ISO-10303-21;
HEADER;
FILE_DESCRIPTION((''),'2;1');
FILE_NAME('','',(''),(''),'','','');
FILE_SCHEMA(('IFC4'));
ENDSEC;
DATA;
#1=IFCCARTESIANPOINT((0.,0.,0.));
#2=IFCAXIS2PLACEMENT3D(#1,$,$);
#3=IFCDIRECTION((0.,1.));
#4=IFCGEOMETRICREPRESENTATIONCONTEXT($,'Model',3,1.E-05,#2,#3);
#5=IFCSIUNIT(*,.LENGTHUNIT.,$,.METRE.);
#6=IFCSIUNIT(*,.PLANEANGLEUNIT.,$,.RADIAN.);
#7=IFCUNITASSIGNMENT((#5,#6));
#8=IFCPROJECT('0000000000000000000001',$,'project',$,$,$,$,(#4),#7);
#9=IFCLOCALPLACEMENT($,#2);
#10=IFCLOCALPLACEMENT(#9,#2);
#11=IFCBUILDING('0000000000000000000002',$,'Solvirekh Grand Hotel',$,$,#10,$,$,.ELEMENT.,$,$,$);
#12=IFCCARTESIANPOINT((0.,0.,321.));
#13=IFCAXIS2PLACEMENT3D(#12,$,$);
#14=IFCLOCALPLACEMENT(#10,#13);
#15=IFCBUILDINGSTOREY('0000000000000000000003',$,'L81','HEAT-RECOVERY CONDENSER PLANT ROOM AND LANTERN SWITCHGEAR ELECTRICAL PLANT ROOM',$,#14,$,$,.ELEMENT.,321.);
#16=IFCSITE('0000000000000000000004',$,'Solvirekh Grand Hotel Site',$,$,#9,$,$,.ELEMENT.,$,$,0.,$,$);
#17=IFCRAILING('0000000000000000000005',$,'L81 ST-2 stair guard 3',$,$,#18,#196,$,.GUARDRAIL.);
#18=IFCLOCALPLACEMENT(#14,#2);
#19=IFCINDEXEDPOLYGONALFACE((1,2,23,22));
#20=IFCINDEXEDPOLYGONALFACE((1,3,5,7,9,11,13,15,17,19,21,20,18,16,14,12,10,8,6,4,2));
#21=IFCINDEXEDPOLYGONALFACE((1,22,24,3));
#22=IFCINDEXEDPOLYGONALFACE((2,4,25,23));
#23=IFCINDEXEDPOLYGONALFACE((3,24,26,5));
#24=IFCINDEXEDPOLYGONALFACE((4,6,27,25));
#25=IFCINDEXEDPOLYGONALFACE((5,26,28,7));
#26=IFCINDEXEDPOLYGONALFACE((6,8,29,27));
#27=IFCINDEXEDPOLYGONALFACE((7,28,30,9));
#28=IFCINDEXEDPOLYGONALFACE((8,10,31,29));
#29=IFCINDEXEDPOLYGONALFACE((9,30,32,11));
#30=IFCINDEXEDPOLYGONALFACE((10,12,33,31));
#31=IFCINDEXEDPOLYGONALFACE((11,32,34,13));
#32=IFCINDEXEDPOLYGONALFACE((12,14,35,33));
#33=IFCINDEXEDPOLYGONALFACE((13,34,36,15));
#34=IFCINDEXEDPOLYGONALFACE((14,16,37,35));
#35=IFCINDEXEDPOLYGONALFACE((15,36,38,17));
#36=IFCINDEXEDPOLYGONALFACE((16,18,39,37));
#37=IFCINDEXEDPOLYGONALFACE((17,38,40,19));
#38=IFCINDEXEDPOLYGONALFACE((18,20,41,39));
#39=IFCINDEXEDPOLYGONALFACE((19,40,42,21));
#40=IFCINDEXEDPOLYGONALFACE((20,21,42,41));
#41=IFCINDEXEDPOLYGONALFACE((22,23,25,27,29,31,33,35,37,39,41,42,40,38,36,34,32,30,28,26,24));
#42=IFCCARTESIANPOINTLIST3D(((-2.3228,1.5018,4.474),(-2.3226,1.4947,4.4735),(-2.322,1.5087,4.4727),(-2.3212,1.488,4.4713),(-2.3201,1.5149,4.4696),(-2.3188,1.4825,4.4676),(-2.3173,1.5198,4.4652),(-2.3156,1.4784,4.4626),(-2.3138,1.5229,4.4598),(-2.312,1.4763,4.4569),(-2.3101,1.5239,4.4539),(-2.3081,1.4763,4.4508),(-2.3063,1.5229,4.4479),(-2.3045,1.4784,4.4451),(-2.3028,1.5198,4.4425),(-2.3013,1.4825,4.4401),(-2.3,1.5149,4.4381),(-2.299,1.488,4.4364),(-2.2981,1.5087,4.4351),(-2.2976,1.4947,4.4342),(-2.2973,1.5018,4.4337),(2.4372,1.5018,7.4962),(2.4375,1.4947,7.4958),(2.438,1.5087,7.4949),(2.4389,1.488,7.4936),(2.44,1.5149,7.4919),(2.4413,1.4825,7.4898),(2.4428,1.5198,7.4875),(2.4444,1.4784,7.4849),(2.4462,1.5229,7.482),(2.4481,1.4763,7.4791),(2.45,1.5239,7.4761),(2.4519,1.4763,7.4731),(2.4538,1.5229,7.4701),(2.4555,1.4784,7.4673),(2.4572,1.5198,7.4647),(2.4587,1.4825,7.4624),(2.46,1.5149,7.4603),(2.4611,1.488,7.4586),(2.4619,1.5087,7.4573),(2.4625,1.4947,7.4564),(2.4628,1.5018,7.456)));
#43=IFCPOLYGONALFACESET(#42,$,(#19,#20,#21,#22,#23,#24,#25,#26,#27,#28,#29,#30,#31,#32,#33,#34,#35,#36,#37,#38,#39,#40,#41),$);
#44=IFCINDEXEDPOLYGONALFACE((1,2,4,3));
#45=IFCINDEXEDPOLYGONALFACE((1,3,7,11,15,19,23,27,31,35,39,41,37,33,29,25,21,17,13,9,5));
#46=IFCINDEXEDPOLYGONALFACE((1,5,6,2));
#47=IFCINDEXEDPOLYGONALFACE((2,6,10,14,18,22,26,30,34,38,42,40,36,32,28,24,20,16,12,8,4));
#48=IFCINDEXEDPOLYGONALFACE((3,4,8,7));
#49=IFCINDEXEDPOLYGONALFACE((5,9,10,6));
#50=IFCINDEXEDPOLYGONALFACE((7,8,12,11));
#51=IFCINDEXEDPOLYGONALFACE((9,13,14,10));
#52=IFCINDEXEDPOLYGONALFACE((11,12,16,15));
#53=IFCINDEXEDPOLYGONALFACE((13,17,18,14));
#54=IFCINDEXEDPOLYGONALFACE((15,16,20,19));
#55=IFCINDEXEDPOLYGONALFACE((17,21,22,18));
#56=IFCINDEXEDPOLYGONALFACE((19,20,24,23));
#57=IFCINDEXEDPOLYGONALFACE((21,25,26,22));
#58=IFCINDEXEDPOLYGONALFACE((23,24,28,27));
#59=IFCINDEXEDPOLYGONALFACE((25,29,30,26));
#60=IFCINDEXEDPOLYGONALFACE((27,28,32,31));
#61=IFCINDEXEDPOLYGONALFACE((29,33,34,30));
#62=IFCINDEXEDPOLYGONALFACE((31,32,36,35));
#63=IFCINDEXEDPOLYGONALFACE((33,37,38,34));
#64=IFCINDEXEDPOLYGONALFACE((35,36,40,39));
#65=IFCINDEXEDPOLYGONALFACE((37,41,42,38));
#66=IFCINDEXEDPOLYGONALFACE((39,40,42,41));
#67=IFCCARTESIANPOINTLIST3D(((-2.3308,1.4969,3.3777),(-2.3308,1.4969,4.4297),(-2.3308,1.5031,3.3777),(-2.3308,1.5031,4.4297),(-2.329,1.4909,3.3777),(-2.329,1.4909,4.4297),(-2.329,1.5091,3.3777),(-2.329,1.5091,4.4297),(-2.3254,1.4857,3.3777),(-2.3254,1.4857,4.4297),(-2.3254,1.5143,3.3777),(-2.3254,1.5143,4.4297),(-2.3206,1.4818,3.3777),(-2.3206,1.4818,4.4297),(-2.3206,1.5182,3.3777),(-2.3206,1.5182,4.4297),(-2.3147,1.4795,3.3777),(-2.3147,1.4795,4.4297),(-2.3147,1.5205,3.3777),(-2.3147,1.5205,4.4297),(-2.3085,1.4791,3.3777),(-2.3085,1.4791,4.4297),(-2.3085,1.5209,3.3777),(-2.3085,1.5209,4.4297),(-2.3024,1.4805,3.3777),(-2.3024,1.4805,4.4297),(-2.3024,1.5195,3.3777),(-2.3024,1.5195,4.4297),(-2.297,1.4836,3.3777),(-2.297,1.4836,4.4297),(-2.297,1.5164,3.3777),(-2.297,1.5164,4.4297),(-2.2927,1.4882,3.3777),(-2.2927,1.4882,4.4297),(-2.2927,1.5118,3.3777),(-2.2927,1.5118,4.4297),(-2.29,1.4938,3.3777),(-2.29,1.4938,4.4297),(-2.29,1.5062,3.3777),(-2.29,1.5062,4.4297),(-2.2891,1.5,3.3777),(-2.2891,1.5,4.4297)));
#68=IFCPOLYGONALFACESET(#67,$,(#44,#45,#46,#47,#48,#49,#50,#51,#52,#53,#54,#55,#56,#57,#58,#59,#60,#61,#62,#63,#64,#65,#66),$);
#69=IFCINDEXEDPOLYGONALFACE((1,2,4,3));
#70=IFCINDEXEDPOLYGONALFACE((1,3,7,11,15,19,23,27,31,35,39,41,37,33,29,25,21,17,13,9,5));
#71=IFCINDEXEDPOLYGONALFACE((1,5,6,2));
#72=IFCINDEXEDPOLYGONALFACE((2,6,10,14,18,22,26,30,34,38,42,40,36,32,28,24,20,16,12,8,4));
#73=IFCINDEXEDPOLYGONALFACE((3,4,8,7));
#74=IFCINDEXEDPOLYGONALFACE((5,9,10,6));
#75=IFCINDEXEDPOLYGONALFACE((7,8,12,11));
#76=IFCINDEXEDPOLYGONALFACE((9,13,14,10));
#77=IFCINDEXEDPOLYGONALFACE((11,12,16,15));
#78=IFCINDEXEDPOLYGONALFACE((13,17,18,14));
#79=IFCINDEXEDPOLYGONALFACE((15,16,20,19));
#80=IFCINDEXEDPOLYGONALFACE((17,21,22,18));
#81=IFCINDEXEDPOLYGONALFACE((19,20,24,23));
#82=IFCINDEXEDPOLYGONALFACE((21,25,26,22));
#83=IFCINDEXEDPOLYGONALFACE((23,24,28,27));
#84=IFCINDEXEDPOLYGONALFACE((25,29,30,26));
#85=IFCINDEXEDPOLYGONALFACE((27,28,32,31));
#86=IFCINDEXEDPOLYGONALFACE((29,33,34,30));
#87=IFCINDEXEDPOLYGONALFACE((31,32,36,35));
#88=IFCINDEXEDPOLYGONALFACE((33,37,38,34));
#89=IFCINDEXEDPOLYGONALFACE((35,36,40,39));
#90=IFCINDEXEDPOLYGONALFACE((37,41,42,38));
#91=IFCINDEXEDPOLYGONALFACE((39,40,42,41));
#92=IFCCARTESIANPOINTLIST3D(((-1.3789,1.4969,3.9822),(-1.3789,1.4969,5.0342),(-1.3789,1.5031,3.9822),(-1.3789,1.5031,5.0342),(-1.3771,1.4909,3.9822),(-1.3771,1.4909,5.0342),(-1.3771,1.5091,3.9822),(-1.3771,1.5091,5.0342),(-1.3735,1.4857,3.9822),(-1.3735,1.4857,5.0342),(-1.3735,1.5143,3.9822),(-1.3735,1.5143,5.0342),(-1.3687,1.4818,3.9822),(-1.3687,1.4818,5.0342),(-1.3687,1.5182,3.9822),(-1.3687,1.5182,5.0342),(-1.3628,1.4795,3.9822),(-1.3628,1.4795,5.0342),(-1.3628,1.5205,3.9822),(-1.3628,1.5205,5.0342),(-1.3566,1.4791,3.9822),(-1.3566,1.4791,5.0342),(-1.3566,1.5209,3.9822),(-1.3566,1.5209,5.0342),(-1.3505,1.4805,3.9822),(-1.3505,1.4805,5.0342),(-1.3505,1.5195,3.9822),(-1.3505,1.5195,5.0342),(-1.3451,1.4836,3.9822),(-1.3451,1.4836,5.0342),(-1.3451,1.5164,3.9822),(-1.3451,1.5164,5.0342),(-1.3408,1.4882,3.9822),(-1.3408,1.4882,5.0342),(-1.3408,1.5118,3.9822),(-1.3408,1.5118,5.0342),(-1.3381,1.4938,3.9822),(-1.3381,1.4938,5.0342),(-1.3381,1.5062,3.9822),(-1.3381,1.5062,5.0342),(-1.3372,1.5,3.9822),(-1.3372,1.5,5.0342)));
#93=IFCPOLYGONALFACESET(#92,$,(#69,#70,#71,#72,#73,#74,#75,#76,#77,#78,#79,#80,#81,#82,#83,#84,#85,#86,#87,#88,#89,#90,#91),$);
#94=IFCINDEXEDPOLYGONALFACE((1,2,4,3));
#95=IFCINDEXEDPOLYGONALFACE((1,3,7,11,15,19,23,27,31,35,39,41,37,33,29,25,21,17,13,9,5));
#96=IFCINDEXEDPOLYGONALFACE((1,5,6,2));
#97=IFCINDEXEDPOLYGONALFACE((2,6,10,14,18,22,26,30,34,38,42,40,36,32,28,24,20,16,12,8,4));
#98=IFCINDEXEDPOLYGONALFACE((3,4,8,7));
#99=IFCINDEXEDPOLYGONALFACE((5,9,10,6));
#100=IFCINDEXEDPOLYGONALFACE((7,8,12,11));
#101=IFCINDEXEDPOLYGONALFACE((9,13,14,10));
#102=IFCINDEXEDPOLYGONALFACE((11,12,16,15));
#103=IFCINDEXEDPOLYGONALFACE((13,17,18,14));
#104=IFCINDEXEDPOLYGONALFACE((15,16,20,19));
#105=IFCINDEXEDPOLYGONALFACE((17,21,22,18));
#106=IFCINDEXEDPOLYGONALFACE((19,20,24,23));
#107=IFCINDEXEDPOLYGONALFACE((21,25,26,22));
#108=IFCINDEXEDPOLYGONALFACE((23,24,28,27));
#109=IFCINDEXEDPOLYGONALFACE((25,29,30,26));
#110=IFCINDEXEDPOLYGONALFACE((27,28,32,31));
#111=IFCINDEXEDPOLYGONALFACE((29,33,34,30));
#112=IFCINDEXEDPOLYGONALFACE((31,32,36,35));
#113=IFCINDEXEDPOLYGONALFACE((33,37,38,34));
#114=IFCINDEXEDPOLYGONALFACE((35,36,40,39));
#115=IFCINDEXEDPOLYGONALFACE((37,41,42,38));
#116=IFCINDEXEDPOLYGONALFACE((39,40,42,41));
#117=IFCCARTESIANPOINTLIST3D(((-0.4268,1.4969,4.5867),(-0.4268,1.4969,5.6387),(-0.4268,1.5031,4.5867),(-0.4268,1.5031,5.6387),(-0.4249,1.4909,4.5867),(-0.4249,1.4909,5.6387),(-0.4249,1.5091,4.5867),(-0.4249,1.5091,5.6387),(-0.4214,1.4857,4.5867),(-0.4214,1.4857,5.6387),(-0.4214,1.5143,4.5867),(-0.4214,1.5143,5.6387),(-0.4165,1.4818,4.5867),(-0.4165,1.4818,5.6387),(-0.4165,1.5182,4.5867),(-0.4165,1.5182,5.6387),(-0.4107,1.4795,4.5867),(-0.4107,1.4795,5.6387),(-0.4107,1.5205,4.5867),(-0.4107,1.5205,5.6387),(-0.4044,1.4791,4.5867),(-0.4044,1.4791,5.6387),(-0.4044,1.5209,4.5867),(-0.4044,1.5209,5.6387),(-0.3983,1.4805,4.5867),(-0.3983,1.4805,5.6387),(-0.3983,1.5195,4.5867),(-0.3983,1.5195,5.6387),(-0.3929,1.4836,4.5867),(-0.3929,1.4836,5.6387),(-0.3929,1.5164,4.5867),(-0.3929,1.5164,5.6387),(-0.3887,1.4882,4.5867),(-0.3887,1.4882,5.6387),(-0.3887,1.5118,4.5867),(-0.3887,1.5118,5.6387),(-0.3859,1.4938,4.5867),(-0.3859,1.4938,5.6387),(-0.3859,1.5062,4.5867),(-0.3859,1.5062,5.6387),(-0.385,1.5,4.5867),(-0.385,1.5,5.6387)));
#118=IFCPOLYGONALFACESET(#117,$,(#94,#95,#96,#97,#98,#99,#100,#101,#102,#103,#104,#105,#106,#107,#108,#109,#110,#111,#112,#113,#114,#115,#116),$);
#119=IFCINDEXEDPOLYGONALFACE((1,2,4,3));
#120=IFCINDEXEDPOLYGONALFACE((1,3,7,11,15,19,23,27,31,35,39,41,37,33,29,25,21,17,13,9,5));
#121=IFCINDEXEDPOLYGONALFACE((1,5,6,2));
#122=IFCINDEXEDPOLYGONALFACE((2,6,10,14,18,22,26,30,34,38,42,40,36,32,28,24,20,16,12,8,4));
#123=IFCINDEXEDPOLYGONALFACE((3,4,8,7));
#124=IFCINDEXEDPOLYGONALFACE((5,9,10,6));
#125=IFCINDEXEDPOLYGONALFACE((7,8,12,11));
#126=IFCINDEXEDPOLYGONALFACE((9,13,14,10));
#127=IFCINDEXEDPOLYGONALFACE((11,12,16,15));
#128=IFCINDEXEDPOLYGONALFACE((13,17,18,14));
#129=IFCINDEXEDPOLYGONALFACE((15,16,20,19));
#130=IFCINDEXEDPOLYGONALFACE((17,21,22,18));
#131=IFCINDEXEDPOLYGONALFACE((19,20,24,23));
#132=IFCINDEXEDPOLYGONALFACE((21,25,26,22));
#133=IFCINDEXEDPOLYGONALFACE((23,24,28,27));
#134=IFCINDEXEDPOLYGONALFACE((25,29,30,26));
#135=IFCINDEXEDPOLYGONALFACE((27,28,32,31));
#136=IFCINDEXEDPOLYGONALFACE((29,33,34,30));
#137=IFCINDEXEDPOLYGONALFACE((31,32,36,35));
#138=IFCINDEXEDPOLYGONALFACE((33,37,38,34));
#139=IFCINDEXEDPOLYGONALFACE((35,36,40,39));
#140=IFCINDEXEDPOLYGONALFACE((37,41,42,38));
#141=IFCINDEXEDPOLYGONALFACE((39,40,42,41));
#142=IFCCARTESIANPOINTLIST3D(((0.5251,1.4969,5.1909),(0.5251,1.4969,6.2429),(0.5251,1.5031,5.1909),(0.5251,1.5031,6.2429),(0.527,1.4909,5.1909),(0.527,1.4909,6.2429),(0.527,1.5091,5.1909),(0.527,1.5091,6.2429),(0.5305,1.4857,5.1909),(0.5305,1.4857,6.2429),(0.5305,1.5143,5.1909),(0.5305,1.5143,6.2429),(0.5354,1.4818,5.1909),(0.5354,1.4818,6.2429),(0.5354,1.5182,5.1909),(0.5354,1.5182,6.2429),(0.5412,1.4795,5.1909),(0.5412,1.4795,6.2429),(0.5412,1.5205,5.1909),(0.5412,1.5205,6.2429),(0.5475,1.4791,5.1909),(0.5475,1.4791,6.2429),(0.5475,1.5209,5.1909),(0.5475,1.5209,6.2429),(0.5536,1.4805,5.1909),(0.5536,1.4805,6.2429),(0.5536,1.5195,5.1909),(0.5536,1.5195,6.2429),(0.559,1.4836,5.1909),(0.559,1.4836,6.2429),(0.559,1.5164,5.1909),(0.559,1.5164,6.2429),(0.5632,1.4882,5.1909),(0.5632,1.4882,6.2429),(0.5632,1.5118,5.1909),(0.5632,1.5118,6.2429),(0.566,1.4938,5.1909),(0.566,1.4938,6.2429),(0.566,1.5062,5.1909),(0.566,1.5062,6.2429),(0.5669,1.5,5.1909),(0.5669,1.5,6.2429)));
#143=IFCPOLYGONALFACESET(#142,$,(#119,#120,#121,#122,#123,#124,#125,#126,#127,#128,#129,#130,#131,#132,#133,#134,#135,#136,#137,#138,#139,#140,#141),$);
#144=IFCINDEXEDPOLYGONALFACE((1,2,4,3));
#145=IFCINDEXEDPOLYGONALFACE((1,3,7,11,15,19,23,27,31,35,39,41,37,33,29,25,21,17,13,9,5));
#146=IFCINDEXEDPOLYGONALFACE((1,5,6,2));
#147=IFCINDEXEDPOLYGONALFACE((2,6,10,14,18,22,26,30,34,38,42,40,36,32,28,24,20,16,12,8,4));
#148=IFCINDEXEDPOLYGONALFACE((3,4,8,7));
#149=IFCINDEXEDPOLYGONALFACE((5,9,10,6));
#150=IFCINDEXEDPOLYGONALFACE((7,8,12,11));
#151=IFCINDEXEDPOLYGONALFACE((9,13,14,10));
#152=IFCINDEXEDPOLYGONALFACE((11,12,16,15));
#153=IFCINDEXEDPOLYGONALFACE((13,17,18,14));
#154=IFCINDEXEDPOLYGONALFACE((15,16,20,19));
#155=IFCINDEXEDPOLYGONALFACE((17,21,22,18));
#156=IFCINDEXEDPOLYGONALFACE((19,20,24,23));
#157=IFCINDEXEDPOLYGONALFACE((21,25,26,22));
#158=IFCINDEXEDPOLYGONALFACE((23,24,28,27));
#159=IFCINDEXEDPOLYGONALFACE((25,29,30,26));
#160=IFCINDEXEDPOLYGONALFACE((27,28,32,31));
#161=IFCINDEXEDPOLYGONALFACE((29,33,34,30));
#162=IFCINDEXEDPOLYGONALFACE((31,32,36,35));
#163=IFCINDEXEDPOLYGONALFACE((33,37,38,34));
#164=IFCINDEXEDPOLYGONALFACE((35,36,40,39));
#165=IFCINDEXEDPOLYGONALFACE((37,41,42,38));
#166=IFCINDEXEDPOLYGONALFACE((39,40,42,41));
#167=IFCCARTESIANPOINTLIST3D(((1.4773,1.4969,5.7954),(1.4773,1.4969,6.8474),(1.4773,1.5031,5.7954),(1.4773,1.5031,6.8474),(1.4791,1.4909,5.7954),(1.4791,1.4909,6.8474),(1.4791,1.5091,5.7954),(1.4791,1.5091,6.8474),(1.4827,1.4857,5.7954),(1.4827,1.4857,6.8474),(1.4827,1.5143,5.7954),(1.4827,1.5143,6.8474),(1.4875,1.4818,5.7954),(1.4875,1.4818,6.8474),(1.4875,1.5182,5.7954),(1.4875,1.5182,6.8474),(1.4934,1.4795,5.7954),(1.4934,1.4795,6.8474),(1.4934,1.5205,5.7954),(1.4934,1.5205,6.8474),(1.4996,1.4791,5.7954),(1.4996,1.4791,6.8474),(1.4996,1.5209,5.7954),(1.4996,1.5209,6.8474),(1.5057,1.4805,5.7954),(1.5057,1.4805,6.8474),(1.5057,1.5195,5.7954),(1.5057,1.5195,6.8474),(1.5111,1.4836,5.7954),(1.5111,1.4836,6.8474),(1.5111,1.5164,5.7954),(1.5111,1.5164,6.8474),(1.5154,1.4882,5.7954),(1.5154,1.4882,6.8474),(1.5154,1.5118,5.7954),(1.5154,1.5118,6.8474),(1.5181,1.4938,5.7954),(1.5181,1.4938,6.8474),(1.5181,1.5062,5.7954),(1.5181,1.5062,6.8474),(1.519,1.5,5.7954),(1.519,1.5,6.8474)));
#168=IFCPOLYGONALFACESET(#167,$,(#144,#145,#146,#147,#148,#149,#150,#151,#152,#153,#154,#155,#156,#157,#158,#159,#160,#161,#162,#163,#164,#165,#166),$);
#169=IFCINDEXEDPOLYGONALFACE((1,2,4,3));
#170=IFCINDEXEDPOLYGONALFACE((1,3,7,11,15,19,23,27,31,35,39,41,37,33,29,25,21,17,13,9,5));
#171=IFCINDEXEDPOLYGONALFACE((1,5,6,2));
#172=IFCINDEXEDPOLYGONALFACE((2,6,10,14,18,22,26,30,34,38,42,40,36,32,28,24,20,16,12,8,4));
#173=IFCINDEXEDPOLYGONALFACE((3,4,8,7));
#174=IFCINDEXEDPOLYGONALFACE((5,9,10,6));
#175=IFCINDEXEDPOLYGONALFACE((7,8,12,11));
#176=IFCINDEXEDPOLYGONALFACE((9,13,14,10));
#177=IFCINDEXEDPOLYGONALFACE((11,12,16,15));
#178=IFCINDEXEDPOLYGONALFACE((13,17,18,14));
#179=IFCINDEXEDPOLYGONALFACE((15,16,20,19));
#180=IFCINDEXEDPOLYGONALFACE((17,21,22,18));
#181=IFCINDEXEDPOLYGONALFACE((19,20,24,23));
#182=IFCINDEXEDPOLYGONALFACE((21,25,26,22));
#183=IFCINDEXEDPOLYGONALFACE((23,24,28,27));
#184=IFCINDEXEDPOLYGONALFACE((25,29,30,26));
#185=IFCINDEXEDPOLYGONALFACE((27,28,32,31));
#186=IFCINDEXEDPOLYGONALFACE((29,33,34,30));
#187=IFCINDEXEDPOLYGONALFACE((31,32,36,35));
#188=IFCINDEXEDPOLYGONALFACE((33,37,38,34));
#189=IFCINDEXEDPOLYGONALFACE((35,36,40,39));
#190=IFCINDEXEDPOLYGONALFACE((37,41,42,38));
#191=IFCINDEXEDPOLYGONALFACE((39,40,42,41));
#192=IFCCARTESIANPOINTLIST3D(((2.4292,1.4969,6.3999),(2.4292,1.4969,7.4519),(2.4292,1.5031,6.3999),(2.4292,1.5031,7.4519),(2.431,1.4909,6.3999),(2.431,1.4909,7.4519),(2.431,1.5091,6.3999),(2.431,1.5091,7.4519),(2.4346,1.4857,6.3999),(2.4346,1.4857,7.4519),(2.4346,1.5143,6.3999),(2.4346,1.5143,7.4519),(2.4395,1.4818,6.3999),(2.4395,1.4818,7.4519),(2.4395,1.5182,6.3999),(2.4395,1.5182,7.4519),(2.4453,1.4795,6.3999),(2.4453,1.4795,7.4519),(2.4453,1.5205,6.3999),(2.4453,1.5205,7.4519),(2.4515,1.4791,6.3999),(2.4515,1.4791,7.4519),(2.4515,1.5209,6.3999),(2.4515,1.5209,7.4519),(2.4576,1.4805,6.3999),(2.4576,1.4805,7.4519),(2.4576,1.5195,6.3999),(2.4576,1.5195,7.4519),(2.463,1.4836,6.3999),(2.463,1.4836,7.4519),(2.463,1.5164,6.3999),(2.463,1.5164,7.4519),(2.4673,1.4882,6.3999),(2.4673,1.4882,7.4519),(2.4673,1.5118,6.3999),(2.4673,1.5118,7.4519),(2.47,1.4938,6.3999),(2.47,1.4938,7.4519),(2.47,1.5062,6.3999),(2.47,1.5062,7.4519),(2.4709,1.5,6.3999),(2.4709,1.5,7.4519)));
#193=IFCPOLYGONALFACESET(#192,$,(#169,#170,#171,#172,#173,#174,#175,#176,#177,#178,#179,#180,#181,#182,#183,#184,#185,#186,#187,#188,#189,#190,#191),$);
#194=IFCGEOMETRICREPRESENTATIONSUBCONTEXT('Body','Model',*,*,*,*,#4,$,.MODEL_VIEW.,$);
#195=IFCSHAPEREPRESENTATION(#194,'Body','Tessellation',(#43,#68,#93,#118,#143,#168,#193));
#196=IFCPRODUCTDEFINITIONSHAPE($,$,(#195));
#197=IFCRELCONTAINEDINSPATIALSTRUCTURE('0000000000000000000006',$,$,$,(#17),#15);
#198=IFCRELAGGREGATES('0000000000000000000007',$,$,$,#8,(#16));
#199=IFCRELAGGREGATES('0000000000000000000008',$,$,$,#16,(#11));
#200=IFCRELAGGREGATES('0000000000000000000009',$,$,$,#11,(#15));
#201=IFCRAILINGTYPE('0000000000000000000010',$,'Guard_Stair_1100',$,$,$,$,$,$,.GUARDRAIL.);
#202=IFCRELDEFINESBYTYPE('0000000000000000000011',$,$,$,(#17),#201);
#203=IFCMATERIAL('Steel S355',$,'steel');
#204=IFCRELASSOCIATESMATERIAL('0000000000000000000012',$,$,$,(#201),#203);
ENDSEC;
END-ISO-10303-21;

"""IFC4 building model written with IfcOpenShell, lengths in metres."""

from ifc_helpers import new_model, si_unit, direction, frame, origin, origin_2d, place, context, subcontext, project, spatial, circle, extrude, material, type_object, element, save


model = new_model("IFC4")

# Units and contexts
model_context = context("Model", 3, precision=1e-05, world=origin(), true_north=direction((0.0, 1.0)))
body_context = subcontext(model_context, "Body", "Model", "MODEL_VIEW")
ifc_project = project(units=[si_unit("LENGTHUNIT", "METRE"), si_unit("PLANEANGLEUNIT", "RADIAN")], contexts=[model_context])

# Site, building, storey
site_placement = place(None, origin())
site = spatial("IfcSite", under=ifc_project, at=site_placement, Name="Solvirekh Grand Hotel Site", CompositionType="ELEMENT", RefElevation=0.0)
building_placement = place(site_placement, origin())
building = spatial("IfcBuilding", under=site, at=building_placement, Name="Solvirekh Grand Hotel", CompositionType="ELEMENT")
storey_placement = place(building_placement, frame((0.0, 0.0, 321.0)))
storey = spatial("IfcBuildingStorey", under=building, at=storey_placement, Name="L81", Description="HEAT-RECOVERY CONDENSER PLANT ROOM AND LANTERN SWITCHGEAR ELECTRICAL PLANT ROOM", CompositionType="ELEMENT", Elevation=321.0)

# Shared definitions
ifc_material_1 = material(Name="Steel S355", Category="steel")

# Railing
railing_type_1 = type_object("IfcRailingType", Name="Guard_Stair_1100", PredefinedType="GUARDRAIL", material=ifc_material_1)
railing_1_placement = place(storey_placement, frame((-2.3101, 1.5, 3.3777)))
element("IfcRailing", 1, at=railing_1_placement, inside=storey, type_object=railing_type_1, Name="L81 ST-2 stair guard 3", PredefinedType="GUARDRAIL", context=body_context, shape_type="SweptSolid", body=[
    extrude(circle(Radius=0.0239, at=origin_2d()), frame((0.0, 0.0, 1.0762), z_axis=(0.844214, 0.0, 0.536007), x_axis=(0.0, 1.0, 0.0)), (0.0, 0.0, 1.0), 5.6384),
    extrude(circle(Radius=0.021, at=origin_2d()), origin(), (0.0, 0.0, 1.0), 1.052),
    extrude(circle(Radius=0.021, at=origin_2d()), frame((0.9519, 0.0, 0.6045)), (0.0, 0.0, 1.0), 1.052),
    extrude(circle(Radius=0.021, at=origin_2d()), frame((1.9041, 0.0, 1.209)), (0.0, 0.0, 1.0), 1.052),
    extrude(circle(Radius=0.021, at=origin_2d()), frame((2.856, 0.0, 1.8132)), (0.0, 0.0, 1.0), 1.052),
    extrude(circle(Radius=0.021, at=origin_2d()), frame((3.8081, 0.0, 2.4177)), (0.0, 0.0, 1.0), 1.052),
    extrude(circle(Radius=0.021, at=origin_2d()), frame((4.76, 0.0, 3.0222)), (0.0, 0.0, 1.0), 1.052),
])

save(model, "model.ifc")
